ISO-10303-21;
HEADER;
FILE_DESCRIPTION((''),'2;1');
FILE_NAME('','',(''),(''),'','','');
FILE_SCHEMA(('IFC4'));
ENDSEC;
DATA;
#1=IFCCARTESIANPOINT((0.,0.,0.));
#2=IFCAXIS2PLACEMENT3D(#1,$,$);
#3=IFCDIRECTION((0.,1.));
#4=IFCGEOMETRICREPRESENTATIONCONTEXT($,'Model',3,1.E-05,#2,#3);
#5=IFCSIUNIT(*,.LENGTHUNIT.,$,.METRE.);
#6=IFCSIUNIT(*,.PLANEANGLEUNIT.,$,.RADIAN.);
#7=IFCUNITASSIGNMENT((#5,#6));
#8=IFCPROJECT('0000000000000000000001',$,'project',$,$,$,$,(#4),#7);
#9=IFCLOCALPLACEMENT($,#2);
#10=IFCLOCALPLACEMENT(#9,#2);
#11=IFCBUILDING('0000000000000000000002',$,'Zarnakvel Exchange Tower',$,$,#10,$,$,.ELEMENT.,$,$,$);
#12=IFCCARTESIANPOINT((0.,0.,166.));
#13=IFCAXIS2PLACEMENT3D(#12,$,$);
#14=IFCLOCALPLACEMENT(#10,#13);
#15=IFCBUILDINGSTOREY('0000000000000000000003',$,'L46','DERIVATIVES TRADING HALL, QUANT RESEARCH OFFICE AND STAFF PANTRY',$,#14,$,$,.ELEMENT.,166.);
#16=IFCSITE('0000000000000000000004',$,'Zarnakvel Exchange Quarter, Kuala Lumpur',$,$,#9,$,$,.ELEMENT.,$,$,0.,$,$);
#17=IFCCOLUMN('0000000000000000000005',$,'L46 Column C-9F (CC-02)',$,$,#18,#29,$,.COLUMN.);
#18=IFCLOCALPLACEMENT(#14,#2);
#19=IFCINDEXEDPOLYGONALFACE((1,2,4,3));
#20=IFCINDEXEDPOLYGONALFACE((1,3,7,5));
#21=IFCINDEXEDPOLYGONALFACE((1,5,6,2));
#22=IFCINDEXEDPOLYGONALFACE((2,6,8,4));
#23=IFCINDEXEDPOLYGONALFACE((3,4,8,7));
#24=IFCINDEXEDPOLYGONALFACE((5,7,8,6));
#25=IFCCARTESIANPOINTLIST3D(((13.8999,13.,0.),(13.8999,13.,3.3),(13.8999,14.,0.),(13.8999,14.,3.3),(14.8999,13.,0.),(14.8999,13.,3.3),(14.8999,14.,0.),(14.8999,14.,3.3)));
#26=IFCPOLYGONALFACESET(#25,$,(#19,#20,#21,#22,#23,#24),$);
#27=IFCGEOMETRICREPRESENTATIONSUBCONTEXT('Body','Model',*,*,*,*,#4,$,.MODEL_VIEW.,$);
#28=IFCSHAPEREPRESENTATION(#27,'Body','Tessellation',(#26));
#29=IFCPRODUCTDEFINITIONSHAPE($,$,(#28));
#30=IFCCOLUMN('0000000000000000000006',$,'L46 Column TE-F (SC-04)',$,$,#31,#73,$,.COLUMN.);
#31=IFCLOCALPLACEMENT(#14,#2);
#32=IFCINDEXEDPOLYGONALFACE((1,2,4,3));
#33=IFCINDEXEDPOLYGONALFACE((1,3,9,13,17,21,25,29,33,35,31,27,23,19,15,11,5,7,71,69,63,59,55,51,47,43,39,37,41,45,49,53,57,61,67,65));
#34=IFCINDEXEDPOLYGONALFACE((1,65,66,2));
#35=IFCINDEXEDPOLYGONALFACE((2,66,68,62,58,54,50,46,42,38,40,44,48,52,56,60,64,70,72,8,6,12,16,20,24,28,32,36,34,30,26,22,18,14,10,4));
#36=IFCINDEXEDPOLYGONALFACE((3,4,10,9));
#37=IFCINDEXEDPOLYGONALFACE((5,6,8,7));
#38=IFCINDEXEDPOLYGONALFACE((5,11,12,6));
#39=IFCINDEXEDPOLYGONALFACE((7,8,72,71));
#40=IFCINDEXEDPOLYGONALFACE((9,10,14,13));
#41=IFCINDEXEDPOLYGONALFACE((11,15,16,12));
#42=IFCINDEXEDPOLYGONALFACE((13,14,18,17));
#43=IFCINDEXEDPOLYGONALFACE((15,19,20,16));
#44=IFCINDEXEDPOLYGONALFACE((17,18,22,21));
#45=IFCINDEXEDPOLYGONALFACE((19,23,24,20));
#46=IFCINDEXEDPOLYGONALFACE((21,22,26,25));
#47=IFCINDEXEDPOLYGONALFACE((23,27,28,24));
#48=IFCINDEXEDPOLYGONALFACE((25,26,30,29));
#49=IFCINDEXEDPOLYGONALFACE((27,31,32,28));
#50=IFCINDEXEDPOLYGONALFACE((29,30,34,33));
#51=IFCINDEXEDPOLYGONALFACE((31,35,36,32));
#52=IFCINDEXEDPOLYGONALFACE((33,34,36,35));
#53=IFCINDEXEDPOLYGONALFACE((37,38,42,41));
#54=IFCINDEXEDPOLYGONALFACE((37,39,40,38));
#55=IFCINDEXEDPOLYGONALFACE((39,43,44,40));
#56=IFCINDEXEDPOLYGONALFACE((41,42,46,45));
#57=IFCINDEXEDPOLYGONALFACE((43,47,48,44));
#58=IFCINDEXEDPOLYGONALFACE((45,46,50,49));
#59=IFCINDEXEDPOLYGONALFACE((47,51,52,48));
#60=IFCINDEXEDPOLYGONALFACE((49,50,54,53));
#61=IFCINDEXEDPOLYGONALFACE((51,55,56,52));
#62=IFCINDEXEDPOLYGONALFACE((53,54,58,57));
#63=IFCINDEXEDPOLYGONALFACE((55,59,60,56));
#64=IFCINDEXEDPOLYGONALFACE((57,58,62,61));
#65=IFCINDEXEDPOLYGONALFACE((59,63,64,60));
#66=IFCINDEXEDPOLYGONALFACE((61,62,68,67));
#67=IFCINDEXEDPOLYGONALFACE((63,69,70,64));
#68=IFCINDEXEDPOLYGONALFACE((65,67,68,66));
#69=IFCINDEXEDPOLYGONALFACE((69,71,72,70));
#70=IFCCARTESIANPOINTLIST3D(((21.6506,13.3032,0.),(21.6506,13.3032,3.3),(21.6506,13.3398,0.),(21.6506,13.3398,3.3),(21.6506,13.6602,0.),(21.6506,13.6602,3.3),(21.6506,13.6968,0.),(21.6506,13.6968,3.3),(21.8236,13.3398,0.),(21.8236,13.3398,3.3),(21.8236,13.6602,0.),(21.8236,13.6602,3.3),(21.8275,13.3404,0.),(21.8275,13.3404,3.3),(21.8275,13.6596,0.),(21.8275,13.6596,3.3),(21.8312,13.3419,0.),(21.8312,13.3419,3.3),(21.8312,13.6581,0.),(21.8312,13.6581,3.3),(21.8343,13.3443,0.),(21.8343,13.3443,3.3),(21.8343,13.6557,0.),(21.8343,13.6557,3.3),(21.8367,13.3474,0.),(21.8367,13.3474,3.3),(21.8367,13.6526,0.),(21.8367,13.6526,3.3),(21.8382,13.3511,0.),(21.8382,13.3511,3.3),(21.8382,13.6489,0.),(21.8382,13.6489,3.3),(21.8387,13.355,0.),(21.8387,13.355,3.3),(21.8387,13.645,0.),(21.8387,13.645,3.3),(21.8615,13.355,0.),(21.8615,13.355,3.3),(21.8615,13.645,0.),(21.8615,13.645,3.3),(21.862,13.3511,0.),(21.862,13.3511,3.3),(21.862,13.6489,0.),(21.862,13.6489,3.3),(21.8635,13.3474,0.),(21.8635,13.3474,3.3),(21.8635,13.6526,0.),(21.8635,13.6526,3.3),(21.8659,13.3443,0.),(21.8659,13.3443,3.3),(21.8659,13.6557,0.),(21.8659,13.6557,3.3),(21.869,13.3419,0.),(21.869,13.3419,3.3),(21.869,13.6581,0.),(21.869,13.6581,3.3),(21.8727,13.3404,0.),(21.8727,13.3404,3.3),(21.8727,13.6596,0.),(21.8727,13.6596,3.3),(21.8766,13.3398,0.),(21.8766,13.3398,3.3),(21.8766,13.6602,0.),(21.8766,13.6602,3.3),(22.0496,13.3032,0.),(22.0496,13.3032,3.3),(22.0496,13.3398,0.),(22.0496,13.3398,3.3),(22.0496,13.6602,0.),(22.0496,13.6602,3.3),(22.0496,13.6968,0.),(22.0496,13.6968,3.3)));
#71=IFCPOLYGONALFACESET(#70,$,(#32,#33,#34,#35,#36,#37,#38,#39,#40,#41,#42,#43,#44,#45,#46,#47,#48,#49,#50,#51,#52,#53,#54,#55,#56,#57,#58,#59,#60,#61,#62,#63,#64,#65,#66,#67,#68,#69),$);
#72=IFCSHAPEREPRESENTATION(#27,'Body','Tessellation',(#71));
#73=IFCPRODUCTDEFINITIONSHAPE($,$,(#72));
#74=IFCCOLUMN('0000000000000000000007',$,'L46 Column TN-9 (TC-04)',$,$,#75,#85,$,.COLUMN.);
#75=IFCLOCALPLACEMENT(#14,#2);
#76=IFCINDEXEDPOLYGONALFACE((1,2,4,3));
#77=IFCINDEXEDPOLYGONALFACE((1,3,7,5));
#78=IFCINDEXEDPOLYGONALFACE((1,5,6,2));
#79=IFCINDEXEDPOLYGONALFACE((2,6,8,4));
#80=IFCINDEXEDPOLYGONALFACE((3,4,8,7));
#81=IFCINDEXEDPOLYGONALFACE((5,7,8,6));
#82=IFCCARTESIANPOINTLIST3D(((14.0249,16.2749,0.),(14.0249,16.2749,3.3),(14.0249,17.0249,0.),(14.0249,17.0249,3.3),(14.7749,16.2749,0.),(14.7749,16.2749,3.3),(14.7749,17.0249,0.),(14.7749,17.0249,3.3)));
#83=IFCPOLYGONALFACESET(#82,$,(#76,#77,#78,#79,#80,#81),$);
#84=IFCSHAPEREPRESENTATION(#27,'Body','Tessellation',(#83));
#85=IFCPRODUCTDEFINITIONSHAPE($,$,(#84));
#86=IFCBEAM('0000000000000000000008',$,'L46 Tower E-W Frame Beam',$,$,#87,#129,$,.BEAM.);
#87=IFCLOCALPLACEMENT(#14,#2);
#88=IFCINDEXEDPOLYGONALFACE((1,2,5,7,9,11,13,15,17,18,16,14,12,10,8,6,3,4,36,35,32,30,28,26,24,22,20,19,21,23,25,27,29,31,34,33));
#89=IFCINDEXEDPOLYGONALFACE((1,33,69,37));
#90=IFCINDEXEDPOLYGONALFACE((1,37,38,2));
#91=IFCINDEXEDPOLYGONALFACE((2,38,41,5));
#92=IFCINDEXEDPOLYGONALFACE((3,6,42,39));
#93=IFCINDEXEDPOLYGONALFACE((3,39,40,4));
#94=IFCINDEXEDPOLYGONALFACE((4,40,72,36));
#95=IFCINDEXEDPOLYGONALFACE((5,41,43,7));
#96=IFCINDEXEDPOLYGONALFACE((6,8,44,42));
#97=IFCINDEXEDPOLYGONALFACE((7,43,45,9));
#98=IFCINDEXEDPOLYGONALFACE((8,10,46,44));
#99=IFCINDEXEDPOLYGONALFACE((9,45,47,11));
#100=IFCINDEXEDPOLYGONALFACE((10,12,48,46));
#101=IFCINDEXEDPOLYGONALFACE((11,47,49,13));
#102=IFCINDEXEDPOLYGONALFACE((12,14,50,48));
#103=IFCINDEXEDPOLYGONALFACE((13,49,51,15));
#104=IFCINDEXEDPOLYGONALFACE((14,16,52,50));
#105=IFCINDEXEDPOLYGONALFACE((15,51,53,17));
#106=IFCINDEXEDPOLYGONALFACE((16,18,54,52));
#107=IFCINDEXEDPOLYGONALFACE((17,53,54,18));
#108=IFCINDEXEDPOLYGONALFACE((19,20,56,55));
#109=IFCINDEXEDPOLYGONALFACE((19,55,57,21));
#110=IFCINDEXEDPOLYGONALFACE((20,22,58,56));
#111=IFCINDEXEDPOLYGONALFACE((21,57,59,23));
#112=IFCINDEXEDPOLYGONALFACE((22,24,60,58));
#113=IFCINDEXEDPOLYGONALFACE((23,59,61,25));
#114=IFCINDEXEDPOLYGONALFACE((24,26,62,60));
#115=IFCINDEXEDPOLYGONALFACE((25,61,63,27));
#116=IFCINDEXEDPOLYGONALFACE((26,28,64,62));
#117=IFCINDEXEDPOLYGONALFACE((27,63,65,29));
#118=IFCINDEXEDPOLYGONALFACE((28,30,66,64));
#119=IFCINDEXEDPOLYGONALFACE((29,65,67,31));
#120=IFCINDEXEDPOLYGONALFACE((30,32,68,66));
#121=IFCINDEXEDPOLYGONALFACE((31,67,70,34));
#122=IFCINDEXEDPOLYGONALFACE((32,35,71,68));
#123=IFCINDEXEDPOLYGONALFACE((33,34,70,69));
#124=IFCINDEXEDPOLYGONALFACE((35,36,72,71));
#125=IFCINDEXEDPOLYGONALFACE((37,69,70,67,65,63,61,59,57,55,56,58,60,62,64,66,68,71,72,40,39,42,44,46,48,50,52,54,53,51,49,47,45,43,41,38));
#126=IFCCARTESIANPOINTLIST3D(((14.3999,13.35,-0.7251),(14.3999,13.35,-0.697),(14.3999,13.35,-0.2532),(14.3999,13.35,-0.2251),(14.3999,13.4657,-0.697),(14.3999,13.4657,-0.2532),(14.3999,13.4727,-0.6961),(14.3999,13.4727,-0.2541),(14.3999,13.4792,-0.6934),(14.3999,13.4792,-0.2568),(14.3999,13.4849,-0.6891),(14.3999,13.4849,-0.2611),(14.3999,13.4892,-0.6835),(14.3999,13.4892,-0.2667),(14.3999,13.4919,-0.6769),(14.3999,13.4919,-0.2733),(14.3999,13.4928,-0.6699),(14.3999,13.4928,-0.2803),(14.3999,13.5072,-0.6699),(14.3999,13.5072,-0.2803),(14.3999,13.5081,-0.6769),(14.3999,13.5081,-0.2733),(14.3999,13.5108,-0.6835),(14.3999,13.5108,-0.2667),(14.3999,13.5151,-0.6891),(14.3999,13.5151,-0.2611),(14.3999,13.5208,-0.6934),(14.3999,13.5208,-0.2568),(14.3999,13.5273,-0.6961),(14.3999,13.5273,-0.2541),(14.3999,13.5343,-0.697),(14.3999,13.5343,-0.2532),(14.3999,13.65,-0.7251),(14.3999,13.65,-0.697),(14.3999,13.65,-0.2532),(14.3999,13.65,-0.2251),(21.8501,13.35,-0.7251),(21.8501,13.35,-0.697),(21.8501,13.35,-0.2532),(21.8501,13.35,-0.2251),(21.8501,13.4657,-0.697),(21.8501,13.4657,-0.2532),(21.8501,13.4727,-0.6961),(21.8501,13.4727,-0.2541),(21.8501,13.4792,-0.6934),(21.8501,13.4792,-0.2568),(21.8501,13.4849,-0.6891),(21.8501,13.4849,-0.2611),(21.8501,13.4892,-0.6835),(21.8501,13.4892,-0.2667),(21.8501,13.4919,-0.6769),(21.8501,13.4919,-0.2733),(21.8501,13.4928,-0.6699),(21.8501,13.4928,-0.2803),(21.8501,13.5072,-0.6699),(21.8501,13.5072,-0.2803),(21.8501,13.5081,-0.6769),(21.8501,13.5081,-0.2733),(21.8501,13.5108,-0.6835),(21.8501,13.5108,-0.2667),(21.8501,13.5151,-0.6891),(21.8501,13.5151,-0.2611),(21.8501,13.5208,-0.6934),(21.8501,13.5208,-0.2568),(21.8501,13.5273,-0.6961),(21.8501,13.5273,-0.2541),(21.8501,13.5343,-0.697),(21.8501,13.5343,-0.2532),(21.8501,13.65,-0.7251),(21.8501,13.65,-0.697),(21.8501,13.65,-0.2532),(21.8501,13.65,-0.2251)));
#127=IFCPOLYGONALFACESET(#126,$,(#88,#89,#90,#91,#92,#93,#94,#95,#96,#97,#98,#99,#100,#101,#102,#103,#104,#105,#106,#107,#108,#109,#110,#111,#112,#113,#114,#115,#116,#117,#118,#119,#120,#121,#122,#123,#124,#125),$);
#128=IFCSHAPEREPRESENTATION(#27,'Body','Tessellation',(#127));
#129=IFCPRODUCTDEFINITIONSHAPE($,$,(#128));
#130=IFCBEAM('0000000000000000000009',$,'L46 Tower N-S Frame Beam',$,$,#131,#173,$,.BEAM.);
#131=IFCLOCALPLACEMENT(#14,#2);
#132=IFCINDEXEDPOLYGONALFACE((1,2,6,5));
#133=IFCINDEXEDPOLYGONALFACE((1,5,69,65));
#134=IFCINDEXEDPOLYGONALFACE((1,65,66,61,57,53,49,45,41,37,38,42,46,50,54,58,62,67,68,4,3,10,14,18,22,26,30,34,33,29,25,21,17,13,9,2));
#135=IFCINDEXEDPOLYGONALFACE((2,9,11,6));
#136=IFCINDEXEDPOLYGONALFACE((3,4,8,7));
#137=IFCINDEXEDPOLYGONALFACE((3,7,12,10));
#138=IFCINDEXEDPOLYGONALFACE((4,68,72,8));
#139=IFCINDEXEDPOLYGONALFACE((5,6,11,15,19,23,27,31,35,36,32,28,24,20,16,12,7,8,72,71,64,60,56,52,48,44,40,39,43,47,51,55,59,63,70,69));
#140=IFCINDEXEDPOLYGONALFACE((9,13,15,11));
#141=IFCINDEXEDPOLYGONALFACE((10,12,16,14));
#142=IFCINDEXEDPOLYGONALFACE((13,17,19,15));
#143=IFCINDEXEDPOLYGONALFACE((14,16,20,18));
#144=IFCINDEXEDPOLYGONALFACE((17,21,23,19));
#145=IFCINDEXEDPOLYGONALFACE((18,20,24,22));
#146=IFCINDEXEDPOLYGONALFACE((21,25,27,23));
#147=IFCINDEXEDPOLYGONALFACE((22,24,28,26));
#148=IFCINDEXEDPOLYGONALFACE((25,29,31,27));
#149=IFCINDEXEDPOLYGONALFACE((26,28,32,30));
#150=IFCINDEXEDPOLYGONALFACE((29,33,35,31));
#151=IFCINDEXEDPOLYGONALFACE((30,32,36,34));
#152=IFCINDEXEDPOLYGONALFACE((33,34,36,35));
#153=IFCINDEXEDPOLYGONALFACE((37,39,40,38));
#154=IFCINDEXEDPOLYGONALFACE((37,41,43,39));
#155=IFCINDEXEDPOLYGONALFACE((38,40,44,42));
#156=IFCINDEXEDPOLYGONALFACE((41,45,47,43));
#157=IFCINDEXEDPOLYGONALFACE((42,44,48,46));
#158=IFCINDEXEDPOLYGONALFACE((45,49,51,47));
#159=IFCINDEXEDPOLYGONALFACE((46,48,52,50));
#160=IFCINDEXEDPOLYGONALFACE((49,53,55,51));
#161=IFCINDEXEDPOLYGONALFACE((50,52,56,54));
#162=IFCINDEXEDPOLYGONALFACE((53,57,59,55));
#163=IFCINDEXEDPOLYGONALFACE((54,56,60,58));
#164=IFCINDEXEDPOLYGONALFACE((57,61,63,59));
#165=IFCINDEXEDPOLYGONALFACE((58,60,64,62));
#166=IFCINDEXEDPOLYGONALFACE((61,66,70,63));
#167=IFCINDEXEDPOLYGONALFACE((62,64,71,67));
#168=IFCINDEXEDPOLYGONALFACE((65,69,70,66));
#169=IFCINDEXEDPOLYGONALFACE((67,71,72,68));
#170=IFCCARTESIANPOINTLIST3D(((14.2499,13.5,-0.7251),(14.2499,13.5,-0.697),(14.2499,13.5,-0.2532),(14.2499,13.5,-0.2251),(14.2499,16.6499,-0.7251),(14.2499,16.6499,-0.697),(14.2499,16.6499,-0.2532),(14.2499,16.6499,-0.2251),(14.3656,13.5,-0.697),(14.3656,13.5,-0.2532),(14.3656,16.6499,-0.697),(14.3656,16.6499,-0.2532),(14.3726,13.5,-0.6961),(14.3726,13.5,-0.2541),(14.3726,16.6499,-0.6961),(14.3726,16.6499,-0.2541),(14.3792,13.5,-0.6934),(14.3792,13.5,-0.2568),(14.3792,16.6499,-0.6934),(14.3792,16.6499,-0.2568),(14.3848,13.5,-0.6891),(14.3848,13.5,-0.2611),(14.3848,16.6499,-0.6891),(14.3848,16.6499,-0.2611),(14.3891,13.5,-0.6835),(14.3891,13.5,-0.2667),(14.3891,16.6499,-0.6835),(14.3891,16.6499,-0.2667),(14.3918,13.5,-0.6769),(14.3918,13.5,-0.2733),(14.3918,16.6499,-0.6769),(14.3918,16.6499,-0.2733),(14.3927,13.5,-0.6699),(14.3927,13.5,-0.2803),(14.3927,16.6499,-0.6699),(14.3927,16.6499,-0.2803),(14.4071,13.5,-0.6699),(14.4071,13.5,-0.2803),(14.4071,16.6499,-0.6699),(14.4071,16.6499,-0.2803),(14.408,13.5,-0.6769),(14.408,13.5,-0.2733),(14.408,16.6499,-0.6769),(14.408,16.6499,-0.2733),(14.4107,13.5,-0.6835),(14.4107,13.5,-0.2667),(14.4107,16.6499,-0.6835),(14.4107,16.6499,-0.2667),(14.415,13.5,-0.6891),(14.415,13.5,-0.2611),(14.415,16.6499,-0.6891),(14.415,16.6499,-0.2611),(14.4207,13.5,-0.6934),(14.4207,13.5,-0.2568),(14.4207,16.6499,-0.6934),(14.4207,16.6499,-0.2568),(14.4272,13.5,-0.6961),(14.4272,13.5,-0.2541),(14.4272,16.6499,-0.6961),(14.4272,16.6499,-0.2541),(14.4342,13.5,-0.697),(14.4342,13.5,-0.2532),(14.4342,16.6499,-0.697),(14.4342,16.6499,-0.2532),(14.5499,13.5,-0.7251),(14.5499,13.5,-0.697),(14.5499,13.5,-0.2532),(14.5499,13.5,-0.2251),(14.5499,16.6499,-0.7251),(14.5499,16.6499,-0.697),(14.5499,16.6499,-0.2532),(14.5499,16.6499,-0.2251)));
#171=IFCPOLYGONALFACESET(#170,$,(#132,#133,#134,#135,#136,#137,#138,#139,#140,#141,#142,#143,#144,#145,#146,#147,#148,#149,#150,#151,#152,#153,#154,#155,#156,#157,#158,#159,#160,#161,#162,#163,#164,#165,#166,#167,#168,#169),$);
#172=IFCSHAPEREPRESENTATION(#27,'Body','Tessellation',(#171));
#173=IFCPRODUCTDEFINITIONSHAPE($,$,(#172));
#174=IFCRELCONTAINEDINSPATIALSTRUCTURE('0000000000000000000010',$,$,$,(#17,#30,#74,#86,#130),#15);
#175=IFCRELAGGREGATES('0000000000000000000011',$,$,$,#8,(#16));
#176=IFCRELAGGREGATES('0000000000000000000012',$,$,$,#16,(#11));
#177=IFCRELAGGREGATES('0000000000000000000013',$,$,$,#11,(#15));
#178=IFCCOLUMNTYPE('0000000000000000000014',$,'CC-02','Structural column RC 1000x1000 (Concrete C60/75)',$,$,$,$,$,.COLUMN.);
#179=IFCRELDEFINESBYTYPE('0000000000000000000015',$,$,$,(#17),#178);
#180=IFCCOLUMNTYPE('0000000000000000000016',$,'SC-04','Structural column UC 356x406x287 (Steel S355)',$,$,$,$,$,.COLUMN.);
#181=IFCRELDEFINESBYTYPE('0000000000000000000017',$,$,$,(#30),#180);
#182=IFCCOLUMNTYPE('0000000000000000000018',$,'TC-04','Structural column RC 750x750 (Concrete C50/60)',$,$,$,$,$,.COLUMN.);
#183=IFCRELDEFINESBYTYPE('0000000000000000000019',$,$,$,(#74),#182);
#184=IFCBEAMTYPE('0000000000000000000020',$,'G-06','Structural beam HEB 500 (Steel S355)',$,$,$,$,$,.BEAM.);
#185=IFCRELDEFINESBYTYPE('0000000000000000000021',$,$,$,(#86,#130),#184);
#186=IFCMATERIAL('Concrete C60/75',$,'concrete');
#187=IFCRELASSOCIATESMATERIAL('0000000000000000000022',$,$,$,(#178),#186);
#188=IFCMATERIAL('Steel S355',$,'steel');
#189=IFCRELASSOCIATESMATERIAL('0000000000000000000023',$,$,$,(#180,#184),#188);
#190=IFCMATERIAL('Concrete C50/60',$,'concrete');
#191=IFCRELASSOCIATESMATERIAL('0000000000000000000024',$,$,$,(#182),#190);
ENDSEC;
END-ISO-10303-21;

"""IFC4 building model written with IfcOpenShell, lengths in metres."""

from ifc_helpers import new_model, si_unit, direction, frame, origin, origin_2d, place, context, subcontext, project, spatial, rectangle, i_section, extrude, material, material_profile, profile_set, type_object, element, save


model = new_model("IFC4")

# Units and contexts
model_context = context("Model", 3, precision=1e-05, world=origin(), true_north=direction((0.0, 1.0)))
body_context = subcontext(model_context, "Body", "Model", "MODEL_VIEW")
ifc_project = project(units=[si_unit("LENGTHUNIT", "METRE"), si_unit("PLANEANGLEUNIT", "RADIAN")], contexts=[model_context])

# Site, building, storey
site_placement = place(None, origin())
site = spatial("IfcSite", under=ifc_project, at=site_placement, Name="Zarnakvel Exchange Quarter, Kuala Lumpur", CompositionType="ELEMENT", RefElevation=0.0)
building_placement = place(site_placement, origin())
building = spatial("IfcBuilding", under=site, at=building_placement, Name="Zarnakvel Exchange Tower", CompositionType="ELEMENT")
storey_placement = place(building_placement, frame((0.0, 0.0, 166.0)))
storey = spatial("IfcBuildingStorey", under=building, at=storey_placement, Name="L46", Description="DERIVATIVES TRADING HALL, QUANT RESEARCH OFFICE AND STAFF PANTRY", CompositionType="ELEMENT", Elevation=166.0)

# Columns
ifc_material_1 = material(Name="Concrete C60/75", Category="concrete")
ifc_material_profile_1 = material_profile(ifc_material_1, rectangle(XDim=1.0, YDim=1.0, at=origin_2d()))
ifc_profile_set_1 = profile_set([ifc_material_profile_1], Name="Concrete C60/75")
column_type_1 = type_object("IfcColumnType", Name="CC-02", Description="Structural column RC 1000x1000 (Concrete C60/75)", PredefinedType="COLUMN", material=ifc_profile_set_1)
column_1_placement = place(storey_placement, frame((14.3999, 13.5, 0.0), z_axis=(0.0, 0.0, 1.0), x_axis=(1.0, 0.0, 0.0)))
element("IfcColumn", 1, at=column_1_placement, inside=storey, type_object=column_type_1, Name="L46 Column C-9F (CC-02)", PredefinedType="COLUMN", context=body_context, shape_type="SweptSolid", body=[
    extrude(rectangle(XDim=1.0, YDim=1.0, at=origin_2d()), origin(), (0.0, 0.0, 1.0), 3.3),
])
ifc_material_2 = material(Name="Steel S355", Category="steel")
ifc_material_profile_2 = material_profile(ifc_material_2, i_section(OverallWidth=0.3989, OverallDepth=0.3936, WebThickness=0.0227, FlangeThickness=0.0366, FilletRadius=0.0151, at=origin_2d()))
ifc_profile_set_2 = profile_set([ifc_material_profile_2], Name="Steel S355")
column_type_2 = type_object("IfcColumnType", Name="SC-04", Description="Structural column UC 356x406x287 (Steel S355)", PredefinedType="COLUMN", material=ifc_profile_set_2)
column_2_placement = place(storey_placement, frame((21.8501, 13.5, 0.0), z_axis=(0.0, 0.0, 1.0), x_axis=(1.0, 0.0, 0.0)))
element("IfcColumn", 2, at=column_2_placement, inside=storey, type_object=column_type_2, Name="L46 Column TE-F (SC-04)", PredefinedType="COLUMN", context=body_context, shape_type="SweptSolid", body=[
    extrude(i_section(OverallWidth=0.3989, OverallDepth=0.3936, WebThickness=0.0227, FlangeThickness=0.0366, FilletRadius=0.0151, at=origin_2d()), origin(), (0.0, 0.0, 1.0), 3.3),
])
ifc_material_3 = material(Name="Concrete C50/60", Category="concrete")
ifc_material_profile_3 = material_profile(ifc_material_3, rectangle(XDim=0.75, YDim=0.75, at=origin_2d()))
ifc_profile_set_3 = profile_set([ifc_material_profile_3], Name="Concrete C50/60")
column_type_3 = type_object("IfcColumnType", Name="TC-04", Description="Structural column RC 750x750 (Concrete C50/60)", PredefinedType="COLUMN", material=ifc_profile_set_3)
column_3_placement = place(storey_placement, frame((14.3999, 16.6499, 0.0), z_axis=(0.0, 0.0, 1.0), x_axis=(1.0, 0.0, 0.0)))
element("IfcColumn", 3, at=column_3_placement, inside=storey, type_object=column_type_3, Name="L46 Column TN-9 (TC-04)", PredefinedType="COLUMN", context=body_context, shape_type="SweptSolid", body=[
    extrude(rectangle(XDim=0.75, YDim=0.75, at=origin_2d()), origin(), (0.0, 0.0, 1.0), 3.3),
])

# Beams
ifc_material_profile_4 = material_profile(ifc_material_2, i_section(OverallWidth=0.3, OverallDepth=0.5, WebThickness=0.0144, FlangeThickness=0.0281, FilletRadius=0.0271, at=origin_2d()))
ifc_profile_set_4 = profile_set([ifc_material_profile_4], Name="Steel S355")
beam_type = type_object("IfcBeamType", Name="G-06", Description="Structural beam HEB 500 (Steel S355)", PredefinedType="BEAM", material=ifc_profile_set_4)
beam_1_placement = place(storey_placement, frame((14.3999, 13.5, -0.4751), z_axis=(1.0, 0.0, 0.0), x_axis=(0.0, 1.0, 0.0)))
element("IfcBeam", 4, at=beam_1_placement, inside=storey, type_object=beam_type, Name="L46 Tower E-W Frame Beam", PredefinedType="BEAM", context=body_context, shape_type="SweptSolid", body=[
    extrude(i_section(OverallWidth=0.3, OverallDepth=0.5, WebThickness=0.0144, FlangeThickness=0.0281, FilletRadius=0.0271, at=origin_2d()), origin(), (0.0, 0.0, 1.0), 7.4502),
])
beam_2_placement = place(storey_placement, frame((14.3999, 13.5, -0.4751), z_axis=(0.0, 1.0, 0.0), x_axis=(-1.0, 0.0, 0.0)))
element("IfcBeam", 5, at=beam_2_placement, inside=storey, type_object=beam_type, Name="L46 Tower N-S Frame Beam", PredefinedType="BEAM", context=body_context, shape_type="SweptSolid", body=[
    extrude(i_section(OverallWidth=0.3, OverallDepth=0.5, WebThickness=0.0144, FlangeThickness=0.0281, FilletRadius=0.0271, at=origin_2d()), origin(), (0.0, 0.0, 1.0), 3.1499),
])

save(model, "model.ifc")
